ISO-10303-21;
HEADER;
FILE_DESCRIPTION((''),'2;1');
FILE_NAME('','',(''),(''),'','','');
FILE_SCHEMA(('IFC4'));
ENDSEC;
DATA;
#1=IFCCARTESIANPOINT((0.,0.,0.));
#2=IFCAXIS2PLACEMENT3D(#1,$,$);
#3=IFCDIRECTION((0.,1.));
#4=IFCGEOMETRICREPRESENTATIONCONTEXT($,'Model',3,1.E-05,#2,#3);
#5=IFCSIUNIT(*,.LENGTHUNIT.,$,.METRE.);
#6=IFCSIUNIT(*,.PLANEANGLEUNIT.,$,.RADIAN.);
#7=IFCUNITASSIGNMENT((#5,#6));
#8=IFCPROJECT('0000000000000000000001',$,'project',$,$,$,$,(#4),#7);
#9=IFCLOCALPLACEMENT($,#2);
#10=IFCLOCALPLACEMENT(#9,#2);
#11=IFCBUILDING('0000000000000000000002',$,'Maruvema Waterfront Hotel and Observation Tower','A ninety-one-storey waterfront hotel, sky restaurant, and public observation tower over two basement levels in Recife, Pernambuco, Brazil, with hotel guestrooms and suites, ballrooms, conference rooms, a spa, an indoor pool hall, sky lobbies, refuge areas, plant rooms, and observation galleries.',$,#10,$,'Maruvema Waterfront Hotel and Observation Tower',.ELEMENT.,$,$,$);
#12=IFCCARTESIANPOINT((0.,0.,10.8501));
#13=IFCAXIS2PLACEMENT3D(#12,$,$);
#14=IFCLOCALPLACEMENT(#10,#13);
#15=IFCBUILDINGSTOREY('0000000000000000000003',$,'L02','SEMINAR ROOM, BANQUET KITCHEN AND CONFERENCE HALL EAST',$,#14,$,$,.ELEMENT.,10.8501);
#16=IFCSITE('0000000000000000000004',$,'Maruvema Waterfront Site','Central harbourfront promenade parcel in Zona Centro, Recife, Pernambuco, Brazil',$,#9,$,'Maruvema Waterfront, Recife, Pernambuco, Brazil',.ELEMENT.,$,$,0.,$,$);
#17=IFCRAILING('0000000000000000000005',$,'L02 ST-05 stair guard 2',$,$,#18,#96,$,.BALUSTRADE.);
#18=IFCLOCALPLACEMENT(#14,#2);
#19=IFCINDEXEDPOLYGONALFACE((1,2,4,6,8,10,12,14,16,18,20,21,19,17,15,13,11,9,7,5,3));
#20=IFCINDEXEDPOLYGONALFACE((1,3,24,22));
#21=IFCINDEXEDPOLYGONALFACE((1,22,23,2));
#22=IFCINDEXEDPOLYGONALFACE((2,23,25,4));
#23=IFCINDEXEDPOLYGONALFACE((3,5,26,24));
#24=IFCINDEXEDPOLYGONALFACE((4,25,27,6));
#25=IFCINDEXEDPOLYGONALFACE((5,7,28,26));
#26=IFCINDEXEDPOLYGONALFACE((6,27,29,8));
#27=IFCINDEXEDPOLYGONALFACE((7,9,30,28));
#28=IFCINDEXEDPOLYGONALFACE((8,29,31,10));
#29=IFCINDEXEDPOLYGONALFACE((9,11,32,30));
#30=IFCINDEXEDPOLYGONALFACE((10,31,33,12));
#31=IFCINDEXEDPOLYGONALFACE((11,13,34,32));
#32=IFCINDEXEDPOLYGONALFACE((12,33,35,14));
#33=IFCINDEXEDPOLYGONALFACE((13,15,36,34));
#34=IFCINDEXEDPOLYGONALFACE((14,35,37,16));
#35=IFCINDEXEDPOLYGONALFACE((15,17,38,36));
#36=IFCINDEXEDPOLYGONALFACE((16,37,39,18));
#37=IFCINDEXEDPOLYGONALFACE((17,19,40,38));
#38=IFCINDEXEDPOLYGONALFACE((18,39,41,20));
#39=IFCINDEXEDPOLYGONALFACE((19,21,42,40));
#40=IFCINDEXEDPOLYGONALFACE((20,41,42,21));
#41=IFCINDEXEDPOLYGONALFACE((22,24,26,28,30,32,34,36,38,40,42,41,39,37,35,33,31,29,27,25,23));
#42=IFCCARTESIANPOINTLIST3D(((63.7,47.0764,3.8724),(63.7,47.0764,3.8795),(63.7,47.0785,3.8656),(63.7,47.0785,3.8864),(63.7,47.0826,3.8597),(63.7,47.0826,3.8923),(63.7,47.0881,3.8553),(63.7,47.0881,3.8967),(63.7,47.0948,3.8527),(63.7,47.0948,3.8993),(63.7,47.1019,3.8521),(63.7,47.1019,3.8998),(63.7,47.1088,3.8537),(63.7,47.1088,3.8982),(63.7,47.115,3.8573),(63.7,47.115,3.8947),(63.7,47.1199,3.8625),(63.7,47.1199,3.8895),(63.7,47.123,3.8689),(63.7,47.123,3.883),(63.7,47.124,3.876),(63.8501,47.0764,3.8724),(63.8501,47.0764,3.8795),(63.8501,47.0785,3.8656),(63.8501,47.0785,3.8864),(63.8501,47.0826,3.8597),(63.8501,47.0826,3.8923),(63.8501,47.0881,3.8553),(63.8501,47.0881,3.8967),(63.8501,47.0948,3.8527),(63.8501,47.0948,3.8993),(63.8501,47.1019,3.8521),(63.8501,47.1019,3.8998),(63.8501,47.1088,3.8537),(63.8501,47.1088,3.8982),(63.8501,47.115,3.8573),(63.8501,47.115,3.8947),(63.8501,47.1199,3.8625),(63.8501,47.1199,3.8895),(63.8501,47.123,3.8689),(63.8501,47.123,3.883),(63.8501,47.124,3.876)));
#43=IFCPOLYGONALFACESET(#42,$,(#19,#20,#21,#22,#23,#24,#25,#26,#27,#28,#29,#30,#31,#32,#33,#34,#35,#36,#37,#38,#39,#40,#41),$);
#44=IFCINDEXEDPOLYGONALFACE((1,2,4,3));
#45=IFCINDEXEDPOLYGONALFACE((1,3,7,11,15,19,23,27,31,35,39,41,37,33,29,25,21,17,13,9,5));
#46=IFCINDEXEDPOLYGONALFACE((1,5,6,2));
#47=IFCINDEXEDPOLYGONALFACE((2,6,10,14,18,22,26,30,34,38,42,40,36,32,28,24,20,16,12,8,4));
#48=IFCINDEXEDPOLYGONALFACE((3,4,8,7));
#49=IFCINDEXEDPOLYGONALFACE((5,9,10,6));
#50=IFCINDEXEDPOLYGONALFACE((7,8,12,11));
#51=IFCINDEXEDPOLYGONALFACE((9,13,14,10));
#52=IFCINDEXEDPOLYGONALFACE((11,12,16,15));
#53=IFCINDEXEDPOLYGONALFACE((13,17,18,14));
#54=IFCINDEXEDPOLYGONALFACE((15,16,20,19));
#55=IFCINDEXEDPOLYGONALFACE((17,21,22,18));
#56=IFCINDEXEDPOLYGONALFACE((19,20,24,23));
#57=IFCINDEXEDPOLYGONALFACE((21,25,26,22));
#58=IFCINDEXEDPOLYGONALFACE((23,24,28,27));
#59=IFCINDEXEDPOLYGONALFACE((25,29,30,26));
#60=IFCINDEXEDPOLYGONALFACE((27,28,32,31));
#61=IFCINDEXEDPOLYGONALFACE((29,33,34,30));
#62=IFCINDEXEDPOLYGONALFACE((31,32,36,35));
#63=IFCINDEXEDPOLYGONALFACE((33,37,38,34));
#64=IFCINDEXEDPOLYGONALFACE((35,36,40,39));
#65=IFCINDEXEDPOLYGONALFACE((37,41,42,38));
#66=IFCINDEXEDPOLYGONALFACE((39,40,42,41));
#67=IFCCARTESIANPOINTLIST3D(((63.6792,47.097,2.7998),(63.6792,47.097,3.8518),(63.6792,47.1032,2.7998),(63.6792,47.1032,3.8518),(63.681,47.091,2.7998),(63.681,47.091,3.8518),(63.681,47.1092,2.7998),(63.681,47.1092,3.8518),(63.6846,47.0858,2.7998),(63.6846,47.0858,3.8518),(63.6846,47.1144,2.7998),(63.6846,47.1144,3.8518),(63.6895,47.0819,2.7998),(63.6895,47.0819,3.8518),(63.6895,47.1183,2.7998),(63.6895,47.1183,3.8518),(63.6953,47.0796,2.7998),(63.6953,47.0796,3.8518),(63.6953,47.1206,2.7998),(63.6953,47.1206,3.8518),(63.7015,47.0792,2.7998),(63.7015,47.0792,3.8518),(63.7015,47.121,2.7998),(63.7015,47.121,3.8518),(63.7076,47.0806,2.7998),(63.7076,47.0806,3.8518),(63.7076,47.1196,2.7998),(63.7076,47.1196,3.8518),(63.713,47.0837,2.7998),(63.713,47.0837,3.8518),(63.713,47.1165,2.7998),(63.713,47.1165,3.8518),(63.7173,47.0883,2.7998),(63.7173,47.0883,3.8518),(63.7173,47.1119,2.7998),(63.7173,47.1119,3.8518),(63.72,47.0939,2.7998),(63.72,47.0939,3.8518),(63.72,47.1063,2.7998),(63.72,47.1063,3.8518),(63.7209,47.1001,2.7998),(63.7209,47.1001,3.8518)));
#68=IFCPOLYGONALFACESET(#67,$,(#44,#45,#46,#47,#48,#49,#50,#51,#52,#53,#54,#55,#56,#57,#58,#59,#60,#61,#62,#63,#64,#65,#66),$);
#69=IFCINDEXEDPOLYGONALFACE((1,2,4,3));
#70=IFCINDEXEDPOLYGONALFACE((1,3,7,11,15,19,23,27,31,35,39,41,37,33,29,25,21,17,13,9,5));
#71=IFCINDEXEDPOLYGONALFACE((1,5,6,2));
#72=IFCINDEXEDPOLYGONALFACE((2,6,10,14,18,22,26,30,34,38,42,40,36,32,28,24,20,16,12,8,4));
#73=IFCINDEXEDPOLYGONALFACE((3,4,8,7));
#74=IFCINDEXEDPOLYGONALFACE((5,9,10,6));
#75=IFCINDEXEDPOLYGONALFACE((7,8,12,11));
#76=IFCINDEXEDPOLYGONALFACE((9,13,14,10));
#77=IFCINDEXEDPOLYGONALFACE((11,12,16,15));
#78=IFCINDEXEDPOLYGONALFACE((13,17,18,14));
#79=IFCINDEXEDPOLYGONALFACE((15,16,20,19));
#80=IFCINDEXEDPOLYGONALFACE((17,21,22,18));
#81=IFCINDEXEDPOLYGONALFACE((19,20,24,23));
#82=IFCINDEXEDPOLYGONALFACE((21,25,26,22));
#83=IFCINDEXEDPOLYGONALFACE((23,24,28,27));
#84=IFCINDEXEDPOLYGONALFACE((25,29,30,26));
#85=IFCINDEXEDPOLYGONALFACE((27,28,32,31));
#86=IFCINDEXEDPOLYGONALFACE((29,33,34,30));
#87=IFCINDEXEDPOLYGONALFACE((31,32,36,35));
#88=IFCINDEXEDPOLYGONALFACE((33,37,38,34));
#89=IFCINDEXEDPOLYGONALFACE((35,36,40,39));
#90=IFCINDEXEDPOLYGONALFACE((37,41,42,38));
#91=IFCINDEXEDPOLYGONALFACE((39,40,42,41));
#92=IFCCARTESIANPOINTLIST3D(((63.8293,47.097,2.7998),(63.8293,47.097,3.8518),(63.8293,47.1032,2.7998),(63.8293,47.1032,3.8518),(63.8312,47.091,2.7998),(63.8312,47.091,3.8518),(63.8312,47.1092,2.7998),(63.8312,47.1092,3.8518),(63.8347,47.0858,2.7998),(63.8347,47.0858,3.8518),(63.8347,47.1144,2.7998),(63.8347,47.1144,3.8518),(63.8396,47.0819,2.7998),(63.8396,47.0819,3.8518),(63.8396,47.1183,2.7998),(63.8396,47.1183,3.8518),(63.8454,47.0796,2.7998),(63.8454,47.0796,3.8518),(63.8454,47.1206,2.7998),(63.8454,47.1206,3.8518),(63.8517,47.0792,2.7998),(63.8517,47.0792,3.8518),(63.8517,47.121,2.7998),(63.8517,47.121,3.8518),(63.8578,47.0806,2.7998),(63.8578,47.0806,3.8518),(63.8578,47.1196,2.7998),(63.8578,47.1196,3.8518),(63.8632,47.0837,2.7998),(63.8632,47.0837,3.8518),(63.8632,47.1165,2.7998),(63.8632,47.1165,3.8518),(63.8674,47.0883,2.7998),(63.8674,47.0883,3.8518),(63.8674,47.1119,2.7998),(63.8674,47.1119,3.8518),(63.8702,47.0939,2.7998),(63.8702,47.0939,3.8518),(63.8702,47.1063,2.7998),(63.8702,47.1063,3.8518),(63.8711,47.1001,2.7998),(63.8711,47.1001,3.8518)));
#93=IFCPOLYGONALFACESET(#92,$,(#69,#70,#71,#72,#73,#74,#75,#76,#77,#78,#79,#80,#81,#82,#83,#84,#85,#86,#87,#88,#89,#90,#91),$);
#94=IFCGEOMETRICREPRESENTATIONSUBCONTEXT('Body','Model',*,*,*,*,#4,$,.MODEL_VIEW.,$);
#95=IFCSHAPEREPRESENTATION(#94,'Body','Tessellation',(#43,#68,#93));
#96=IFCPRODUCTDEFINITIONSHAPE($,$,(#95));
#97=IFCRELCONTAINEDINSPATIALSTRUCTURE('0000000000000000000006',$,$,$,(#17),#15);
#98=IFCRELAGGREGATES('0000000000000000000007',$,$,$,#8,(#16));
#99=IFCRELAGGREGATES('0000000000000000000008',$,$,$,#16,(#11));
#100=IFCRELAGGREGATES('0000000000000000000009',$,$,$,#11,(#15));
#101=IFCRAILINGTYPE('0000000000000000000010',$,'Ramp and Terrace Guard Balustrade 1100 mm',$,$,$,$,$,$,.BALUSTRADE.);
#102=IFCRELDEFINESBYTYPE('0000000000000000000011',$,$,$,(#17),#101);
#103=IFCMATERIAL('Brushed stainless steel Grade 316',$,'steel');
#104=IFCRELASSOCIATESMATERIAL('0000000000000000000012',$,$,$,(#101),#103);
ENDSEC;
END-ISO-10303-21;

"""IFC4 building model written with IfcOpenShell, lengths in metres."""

from ifc_helpers import new_model, si_unit, direction, frame, origin, origin_2d, place, context, subcontext, project, spatial, circle, extrude, material, type_object, element, save


model = new_model("IFC4")

# Units and contexts
model_context = context("Model", 3, precision=1e-05, world=origin(), true_north=direction((0.0, 1.0)))
body_context = subcontext(model_context, "Body", "Model", "MODEL_VIEW")
ifc_project = project(units=[si_unit("LENGTHUNIT", "METRE"), si_unit("PLANEANGLEUNIT", "RADIAN")], contexts=[model_context])

# Site, building, storey
site_placement = place(None, origin())
site = spatial("IfcSite", under=ifc_project, at=site_placement, Name="Maruvema Waterfront Site", Description="Central harbourfront promenade parcel in Zona Centro, Recife, Pernambuco, Brazil", LongName="Maruvema Waterfront, Recife, Pernambuco, Brazil", CompositionType="ELEMENT", RefElevation=0.0)
building_placement = place(site_placement, origin())
building = spatial("IfcBuilding", under=site, at=building_placement, Name="Maruvema Waterfront Hotel and Observation Tower", Description="A ninety-one-storey waterfront hotel, sky restaurant, and public observation tower over two basement levels in Recife, Pernambuco, Brazil, with hotel guestrooms and suites, ballrooms, conference rooms, a spa, an indoor pool hall, sky lobbies, refuge areas, plant rooms, and observation galleries.", LongName="Maruvema Waterfront Hotel and Observation Tower", CompositionType="ELEMENT")
storey_placement = place(building_placement, frame((0.0, 0.0, 10.8501)))
storey = spatial("IfcBuildingStorey", under=building, at=storey_placement, Name="L02", Description="SEMINAR ROOM, BANQUET KITCHEN AND CONFERENCE HALL EAST", CompositionType="ELEMENT", Elevation=10.8501)

# Railing
ifc_material_1 = material(Name="Brushed stainless steel Grade 316", Category="steel")
railing_type_1 = type_object("IfcRailingType", Name="Ramp and Terrace Guard Balustrade 1100 mm", PredefinedType="BALUSTRADE", material=ifc_material_1)
railing_1_placement = place(storey_placement, frame((63.7, 47.1001, 2.7998)))
element("IfcRailing", 1, at=railing_1_placement, inside=storey, type_object=railing_type_1, Name="L02 ST-05 stair guard 2", PredefinedType="BALUSTRADE", context=body_context, shape_type="SweptSolid", body=[
    extrude(circle(Radius=0.0239, at=origin_2d()), frame((0.0, 0.0, 1.0762), z_axis=(1.0, 0.0, 0.0), x_axis=(0.0, 1.0, 0.0)), (0.0, 0.0, 1.0), 0.1501),
    extrude(circle(Radius=0.021, at=origin_2d()), origin(), (0.0, 0.0, 1.0), 1.052),
    extrude(circle(Radius=0.021, at=origin_2d()), frame((0.1501, 0.0, 0.0)), (0.0, 0.0, 1.0), 1.052),
])

save(model, "model.ifc")
